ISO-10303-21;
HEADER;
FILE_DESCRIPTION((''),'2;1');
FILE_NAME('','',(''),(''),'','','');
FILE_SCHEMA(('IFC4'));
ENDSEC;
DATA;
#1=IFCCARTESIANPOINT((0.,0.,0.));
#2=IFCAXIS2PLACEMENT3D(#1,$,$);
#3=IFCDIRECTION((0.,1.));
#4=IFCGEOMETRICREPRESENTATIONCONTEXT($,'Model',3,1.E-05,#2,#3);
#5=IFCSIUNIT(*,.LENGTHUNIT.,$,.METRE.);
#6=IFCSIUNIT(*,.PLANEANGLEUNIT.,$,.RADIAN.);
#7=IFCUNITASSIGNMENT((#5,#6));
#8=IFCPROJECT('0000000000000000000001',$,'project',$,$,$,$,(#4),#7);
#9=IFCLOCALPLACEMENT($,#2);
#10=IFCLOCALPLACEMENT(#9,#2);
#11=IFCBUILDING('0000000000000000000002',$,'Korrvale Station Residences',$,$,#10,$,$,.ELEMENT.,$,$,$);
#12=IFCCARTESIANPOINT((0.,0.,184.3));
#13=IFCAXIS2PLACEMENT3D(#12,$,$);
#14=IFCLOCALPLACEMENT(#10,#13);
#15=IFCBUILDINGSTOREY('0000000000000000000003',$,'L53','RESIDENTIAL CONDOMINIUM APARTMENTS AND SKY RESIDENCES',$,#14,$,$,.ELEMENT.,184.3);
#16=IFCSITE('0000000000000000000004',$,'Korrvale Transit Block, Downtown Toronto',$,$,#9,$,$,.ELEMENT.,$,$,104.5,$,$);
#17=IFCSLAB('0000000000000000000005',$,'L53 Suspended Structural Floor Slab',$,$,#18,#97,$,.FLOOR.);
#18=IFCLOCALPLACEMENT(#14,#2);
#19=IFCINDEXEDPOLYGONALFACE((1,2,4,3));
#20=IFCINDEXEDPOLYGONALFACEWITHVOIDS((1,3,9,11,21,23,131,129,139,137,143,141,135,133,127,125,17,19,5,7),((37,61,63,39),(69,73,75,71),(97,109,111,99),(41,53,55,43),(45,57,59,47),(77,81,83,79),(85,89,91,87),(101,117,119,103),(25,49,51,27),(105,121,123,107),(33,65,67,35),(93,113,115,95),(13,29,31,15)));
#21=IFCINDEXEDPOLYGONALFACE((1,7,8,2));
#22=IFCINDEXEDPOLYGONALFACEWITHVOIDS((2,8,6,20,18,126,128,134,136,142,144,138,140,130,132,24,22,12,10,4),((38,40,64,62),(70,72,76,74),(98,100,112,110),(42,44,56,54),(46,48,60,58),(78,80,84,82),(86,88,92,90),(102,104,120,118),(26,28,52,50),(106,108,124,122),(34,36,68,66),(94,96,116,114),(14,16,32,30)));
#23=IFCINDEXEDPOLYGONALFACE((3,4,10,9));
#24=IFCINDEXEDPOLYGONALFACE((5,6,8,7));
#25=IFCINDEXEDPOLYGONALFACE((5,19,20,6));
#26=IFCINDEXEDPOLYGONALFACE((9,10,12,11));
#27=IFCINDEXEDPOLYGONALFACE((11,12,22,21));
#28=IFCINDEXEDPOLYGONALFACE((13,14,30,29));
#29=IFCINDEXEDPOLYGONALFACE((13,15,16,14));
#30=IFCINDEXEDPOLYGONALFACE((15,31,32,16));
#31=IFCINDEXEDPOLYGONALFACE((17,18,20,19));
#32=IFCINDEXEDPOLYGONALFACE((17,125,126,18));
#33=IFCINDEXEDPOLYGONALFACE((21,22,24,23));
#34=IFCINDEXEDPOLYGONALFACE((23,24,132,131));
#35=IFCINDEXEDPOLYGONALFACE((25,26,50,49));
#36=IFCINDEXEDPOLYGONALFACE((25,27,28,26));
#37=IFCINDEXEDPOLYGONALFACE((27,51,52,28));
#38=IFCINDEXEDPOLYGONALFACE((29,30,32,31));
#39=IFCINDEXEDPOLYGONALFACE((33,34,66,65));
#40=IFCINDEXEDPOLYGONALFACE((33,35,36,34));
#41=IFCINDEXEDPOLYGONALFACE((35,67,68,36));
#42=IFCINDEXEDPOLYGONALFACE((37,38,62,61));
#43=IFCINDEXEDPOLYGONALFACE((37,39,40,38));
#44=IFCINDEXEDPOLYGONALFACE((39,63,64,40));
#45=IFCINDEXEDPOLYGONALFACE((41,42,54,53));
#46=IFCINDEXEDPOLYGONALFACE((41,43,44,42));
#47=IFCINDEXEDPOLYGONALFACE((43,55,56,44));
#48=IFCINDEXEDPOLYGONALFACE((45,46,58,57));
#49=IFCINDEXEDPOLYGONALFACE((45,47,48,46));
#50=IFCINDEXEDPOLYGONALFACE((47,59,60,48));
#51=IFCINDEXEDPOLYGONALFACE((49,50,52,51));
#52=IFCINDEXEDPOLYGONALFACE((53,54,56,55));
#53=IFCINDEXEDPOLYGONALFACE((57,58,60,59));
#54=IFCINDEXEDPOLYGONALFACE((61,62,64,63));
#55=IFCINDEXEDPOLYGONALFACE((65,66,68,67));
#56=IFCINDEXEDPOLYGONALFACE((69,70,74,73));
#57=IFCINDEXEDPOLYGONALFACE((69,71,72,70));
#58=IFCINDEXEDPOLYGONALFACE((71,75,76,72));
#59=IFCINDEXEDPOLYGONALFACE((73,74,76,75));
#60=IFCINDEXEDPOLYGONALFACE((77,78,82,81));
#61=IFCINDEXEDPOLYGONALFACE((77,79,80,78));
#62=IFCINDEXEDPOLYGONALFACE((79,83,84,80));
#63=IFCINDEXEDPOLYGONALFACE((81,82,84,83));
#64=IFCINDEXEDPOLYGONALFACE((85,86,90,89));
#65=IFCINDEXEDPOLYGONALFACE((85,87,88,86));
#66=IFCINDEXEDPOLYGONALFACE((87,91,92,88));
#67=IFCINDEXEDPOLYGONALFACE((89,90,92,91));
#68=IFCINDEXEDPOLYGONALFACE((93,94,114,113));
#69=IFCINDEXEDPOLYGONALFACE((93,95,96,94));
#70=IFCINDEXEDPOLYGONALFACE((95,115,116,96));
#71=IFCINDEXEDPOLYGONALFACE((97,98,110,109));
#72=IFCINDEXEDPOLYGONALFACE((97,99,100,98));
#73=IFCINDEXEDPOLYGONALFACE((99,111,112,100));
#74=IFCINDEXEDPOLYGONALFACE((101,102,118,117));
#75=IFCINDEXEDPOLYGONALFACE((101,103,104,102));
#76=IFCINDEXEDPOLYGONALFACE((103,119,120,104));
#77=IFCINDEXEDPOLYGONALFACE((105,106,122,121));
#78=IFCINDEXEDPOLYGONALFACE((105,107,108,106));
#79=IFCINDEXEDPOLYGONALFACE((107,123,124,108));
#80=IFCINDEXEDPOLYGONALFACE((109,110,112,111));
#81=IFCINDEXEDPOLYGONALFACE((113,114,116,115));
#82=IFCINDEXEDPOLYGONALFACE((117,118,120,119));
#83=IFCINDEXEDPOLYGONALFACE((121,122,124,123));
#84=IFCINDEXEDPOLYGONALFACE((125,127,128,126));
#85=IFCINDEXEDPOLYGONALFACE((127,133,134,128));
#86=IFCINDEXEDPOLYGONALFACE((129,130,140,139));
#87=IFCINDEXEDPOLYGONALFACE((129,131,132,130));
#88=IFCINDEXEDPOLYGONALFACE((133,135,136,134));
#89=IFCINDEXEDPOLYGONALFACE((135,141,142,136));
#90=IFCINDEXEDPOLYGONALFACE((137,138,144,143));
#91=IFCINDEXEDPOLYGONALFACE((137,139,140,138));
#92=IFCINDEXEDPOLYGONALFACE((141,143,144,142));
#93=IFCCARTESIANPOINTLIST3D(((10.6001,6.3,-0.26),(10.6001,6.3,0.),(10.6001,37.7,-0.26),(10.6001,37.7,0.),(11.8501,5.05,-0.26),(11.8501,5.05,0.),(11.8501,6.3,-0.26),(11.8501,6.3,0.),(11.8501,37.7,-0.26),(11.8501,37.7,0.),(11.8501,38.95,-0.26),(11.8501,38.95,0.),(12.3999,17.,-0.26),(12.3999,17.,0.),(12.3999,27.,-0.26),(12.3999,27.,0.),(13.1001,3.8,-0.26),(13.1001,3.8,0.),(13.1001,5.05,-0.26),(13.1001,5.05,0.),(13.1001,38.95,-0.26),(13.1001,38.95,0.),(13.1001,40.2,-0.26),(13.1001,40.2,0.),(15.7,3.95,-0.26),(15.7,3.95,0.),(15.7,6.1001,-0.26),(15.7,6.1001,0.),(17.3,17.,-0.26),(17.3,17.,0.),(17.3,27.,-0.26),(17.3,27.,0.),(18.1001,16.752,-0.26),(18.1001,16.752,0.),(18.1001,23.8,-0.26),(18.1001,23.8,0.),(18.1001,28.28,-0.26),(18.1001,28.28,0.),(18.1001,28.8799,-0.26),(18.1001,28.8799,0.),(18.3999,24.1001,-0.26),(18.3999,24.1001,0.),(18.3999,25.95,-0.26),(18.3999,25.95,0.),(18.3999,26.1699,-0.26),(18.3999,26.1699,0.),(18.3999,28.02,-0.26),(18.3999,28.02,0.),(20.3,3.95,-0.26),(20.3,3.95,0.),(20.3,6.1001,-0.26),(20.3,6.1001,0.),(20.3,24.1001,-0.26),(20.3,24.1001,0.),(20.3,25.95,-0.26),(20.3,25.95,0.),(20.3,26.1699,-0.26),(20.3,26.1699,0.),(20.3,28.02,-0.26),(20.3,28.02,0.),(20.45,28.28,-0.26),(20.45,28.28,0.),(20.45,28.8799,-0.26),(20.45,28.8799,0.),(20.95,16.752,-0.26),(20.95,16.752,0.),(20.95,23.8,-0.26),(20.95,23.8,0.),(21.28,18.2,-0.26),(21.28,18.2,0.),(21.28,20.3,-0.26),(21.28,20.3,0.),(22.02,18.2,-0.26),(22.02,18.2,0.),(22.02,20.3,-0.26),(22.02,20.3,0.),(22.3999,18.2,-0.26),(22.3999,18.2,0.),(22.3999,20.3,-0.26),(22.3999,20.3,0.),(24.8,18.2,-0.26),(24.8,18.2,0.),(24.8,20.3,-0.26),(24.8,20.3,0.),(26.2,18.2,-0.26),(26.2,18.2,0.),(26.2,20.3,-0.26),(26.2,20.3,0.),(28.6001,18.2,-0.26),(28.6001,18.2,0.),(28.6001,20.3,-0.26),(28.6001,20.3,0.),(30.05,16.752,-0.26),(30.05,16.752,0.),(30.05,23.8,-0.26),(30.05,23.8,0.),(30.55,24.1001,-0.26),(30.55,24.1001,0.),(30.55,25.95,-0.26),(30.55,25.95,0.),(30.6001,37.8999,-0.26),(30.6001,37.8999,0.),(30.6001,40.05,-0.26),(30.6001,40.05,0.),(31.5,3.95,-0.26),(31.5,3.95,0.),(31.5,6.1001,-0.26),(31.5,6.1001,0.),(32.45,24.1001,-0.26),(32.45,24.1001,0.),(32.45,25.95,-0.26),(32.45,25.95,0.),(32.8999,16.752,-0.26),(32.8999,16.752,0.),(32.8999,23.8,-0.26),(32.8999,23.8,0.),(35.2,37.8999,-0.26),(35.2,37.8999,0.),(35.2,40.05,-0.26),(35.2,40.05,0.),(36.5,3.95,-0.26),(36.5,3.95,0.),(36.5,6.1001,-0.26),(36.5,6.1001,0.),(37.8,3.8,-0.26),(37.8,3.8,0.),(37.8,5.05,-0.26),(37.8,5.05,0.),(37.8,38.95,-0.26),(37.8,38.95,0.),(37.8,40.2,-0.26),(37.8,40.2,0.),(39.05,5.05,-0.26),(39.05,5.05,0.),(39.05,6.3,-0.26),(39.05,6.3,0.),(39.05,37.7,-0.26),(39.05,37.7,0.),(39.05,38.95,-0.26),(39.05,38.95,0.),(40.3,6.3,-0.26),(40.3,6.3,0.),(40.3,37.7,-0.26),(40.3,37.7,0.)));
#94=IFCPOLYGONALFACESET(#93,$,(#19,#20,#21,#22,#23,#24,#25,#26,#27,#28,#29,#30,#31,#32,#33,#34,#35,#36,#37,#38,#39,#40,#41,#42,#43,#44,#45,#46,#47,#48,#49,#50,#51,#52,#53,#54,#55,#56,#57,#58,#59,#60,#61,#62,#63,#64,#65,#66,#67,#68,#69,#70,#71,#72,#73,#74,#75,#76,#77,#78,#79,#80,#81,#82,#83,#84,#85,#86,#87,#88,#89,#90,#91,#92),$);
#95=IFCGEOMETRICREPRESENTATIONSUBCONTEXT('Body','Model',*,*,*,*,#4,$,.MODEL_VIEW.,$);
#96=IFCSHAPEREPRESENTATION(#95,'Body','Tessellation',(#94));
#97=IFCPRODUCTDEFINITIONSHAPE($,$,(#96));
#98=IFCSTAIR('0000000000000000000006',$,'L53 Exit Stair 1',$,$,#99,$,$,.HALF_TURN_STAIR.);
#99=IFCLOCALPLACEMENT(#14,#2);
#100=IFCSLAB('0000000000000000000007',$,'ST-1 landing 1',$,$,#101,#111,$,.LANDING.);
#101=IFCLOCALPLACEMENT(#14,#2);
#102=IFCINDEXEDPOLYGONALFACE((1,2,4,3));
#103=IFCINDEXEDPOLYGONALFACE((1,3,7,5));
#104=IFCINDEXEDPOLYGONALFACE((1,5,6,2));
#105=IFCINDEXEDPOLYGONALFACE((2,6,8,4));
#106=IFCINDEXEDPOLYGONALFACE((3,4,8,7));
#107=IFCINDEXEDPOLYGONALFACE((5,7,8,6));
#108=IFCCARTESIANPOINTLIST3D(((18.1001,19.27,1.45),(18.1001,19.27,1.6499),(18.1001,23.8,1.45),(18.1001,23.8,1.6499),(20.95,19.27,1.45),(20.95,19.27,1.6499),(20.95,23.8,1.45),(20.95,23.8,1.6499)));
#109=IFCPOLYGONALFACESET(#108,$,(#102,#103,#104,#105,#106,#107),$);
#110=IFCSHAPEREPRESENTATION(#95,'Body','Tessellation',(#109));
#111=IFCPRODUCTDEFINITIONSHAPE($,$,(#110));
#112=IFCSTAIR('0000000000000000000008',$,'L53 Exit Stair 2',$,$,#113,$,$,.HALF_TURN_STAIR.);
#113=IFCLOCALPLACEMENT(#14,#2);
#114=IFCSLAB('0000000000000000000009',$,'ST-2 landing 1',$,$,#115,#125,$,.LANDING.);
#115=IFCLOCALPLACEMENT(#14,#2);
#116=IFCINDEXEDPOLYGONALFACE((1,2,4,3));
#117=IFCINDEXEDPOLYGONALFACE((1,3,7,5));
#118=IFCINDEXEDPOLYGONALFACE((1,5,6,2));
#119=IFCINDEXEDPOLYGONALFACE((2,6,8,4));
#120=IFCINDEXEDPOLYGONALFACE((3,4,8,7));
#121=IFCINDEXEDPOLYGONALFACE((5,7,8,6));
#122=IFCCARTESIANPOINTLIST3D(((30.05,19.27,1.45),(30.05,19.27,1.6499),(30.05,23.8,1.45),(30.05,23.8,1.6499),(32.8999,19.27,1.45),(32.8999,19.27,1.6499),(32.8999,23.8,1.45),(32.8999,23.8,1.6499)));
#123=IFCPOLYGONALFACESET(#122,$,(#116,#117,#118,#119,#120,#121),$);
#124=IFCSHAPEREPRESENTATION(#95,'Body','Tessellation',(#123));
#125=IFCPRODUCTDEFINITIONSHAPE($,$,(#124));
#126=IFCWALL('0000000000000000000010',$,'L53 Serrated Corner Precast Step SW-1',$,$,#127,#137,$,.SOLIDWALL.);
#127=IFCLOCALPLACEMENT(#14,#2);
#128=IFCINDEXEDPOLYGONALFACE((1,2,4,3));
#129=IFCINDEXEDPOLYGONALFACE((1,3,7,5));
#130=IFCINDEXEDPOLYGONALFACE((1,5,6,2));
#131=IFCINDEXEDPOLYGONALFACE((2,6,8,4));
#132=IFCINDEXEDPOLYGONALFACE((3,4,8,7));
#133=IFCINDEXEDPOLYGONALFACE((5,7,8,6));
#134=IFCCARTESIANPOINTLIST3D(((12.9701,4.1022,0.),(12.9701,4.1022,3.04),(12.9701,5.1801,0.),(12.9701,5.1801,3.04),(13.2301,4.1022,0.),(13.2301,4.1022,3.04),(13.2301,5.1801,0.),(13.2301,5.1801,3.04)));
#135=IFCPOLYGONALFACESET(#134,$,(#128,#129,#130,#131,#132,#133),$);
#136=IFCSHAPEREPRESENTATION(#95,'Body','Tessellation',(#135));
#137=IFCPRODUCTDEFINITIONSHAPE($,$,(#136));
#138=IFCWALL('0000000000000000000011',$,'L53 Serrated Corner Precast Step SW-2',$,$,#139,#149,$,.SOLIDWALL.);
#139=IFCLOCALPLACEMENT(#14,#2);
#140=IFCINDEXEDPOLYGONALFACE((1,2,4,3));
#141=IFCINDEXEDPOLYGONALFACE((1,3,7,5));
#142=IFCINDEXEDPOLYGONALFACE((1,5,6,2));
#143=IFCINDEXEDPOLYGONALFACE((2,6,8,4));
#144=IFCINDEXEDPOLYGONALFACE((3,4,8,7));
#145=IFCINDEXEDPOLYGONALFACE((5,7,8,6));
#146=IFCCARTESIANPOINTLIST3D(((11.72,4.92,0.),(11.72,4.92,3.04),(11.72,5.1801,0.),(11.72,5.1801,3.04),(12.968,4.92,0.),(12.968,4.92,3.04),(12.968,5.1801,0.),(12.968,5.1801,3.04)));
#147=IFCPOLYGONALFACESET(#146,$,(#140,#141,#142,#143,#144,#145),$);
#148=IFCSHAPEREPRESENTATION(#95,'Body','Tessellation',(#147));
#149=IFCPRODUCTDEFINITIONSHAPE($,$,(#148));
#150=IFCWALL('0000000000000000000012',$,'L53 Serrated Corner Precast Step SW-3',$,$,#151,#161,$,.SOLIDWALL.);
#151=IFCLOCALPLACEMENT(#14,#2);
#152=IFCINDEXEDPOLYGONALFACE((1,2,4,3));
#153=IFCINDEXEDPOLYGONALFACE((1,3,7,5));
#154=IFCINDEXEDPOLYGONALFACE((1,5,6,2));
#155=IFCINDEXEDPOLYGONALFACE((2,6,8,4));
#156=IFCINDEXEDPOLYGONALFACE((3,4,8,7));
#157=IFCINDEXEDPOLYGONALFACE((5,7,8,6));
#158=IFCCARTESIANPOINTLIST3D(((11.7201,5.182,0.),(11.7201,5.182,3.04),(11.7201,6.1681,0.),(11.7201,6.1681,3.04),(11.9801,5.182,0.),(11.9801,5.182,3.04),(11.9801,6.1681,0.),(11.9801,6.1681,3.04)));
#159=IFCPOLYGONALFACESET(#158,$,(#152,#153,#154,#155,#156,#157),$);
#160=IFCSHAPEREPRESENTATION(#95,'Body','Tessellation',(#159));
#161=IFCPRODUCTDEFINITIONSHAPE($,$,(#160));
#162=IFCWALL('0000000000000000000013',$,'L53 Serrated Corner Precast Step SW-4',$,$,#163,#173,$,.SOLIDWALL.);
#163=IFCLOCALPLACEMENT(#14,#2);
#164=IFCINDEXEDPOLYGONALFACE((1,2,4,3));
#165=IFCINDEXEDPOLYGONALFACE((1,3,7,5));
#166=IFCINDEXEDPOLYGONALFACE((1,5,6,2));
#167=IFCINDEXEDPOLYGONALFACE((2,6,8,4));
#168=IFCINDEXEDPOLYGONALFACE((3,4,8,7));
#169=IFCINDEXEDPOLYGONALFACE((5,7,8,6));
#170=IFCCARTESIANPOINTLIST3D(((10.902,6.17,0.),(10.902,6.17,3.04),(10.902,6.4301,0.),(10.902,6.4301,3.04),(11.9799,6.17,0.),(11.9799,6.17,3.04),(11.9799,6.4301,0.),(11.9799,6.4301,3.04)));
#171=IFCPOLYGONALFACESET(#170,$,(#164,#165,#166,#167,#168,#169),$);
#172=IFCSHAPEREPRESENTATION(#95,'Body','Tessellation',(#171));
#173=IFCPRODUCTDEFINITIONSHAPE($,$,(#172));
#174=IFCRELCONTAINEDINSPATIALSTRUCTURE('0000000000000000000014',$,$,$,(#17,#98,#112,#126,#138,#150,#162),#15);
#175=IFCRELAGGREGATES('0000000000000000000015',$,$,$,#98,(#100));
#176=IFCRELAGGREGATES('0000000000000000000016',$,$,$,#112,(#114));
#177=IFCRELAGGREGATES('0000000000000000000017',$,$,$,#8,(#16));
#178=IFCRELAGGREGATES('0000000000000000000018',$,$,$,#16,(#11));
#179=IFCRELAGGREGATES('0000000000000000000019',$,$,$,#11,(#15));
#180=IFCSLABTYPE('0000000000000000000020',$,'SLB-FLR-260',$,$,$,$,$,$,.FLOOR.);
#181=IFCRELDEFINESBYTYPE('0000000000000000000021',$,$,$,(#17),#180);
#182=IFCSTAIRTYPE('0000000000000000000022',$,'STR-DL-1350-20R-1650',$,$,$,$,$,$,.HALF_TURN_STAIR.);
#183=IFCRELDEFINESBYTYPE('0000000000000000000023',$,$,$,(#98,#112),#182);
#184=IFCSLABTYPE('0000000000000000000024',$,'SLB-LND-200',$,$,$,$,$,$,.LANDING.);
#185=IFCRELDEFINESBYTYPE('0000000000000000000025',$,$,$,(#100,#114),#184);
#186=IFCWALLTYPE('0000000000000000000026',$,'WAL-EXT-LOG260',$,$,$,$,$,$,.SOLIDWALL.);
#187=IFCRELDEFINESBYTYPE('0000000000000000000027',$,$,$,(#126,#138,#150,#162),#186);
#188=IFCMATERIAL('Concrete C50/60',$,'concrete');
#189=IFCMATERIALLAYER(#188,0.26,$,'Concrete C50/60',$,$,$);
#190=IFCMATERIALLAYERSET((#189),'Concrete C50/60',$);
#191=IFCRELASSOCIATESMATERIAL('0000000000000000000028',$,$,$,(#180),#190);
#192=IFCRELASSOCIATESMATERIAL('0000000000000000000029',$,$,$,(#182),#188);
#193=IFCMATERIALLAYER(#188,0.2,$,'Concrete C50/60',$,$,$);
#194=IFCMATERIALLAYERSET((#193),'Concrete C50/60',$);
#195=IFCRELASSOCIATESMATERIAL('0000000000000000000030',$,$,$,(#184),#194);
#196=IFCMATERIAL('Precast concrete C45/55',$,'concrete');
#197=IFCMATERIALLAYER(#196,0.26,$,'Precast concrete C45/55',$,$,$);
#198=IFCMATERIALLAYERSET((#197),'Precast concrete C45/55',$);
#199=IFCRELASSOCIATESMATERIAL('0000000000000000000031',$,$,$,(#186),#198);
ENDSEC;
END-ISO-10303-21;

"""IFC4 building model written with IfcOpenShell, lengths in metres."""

from ifc_helpers import new_model, si_unit, direction, frame, frame_2d, origin, place, context, subcontext, project, spatial, polyline, rectangle, outline, extrude, material, layer, layer_set, type_object, element, aggregate, save


model = new_model("IFC4")

# Units and contexts
model_context = context("Model", 3, precision=1e-05, world=origin(), true_north=direction((0.0, 1.0)))
body_context = subcontext(model_context, "Body", "Model", "MODEL_VIEW")
ifc_project = project(units=[si_unit("LENGTHUNIT", "METRE"), si_unit("PLANEANGLEUNIT", "RADIAN")], contexts=[model_context])

# Site, building, storey
site_placement = place(None, origin())
site = spatial("IfcSite", under=ifc_project, at=site_placement, Name="Korrvale Transit Block, Downtown Toronto", CompositionType="ELEMENT", RefElevation=104.5)
building_placement = place(site_placement, origin())
building = spatial("IfcBuilding", under=site, at=building_placement, Name="Korrvale Station Residences", CompositionType="ELEMENT")
storey_placement = place(building_placement, frame((0.0, 0.0, 184.3)))
storey = spatial("IfcBuildingStorey", under=building, at=storey_placement, Name="L53", Description="RESIDENTIAL CONDOMINIUM APARTMENTS AND SKY RESIDENCES", CompositionType="ELEMENT", Elevation=184.3)

# Shared definitions
ifc_material_1 = material(Name="Concrete C50/60", Category="concrete")

# Slab
ifc_layer_1 = layer(ifc_material_1, 0.26, Name="Concrete C50/60")
ifc_layer_set_1 = layer_set([ifc_layer_1], Name="Concrete C50/60")
slab_type_1 = type_object("IfcSlabType", Name="SLB-FLR-260", PredefinedType="FLOOR", material=ifc_layer_set_1)
slab_1_placement = place(storey_placement, frame((0.0, 0.0, -0.26)))
element("IfcSlab", 1, at=slab_1_placement, inside=storey, type_object=slab_type_1, Name="L53 Suspended Structural Floor Slab", PredefinedType="FLOOR", context=body_context, shape_type="SweptSolid", body=[
    extrude(outline(polyline([(13.1001, 3.8), (37.8, 3.8), (37.8, 5.05), (39.05, 5.05), (39.05, 6.3), (40.3, 6.3), (40.3, 37.7), (39.05, 37.7), (39.05, 38.95), (37.8, 38.95), (37.8, 40.2), (13.1001, 40.2), (13.1001, 38.95), (11.8501, 38.95), (11.8501, 37.7), (10.6001, 37.7), (10.6001, 6.3), (11.8501, 6.3), (11.8501, 5.05), (13.1001, 5.05), (13.1001, 3.8)]), holes=[polyline([(20.95, 16.752), (20.95, 23.8), (18.1001, 23.8), (18.1001, 16.752), (20.95, 16.752)]), polyline([(32.8999, 16.752), (32.8999, 23.8), (30.05, 23.8), (30.05, 16.752), (32.8999, 16.752)]), polyline([(12.3999, 17.0), (17.3, 17.0), (17.3, 27.0), (12.3999, 27.0), (12.3999, 17.0)]), polyline([(18.3999, 24.1001), (20.3, 24.1001), (20.3, 25.95), (18.3999, 25.95), (18.3999, 24.1001)]), polyline([(18.3999, 26.1699), (20.3, 26.1699), (20.3, 28.02), (18.3999, 28.02), (18.3999, 26.1699)]), polyline([(30.55, 24.1001), (32.45, 24.1001), (32.45, 25.95), (30.55, 25.95), (30.55, 24.1001)]), polyline([(22.3999, 18.2), (24.8, 18.2), (24.8, 20.3), (22.3999, 20.3), (22.3999, 18.2)]), polyline([(26.2, 18.2), (28.6001, 18.2), (28.6001, 20.3), (26.2, 20.3), (26.2, 18.2)]), polyline([(18.1001, 28.28), (20.45, 28.28), (20.45, 28.8799), (18.1001, 28.8799), (18.1001, 28.28)]), polyline([(21.28, 18.2), (22.02, 18.2), (22.02, 20.3), (21.28, 20.3), (21.28, 18.2)]), polyline([(15.7, 3.95), (20.3, 3.95), (20.3, 6.1001), (15.7, 6.1001), (15.7, 3.95)]), polyline([(30.6001, 37.8999), (35.2, 37.8999), (35.2, 40.05), (30.6001, 40.05), (30.6001, 37.8999)]), polyline([(31.5, 3.95), (36.5, 3.95), (36.5, 6.1001), (31.5, 6.1001), (31.5, 3.95)])]), origin(), (0.0, 0.0, 1.0), 0.26),
])

# Stairs, slabs
stair_type = type_object("IfcStairType", Name="STR-DL-1350-20R-1650", PredefinedType="HALF_TURN_STAIR", material=ifc_material_1)
stair_1_placement = place(storey_placement, origin())
stair_1 = element("IfcStair", 2, at=stair_1_placement, inside=storey, type_object=stair_type, Name="L53 Exit Stair 1", PredefinedType="HALF_TURN_STAIR")
ifc_layer_2 = layer(ifc_material_1, 0.2, Name="Concrete C50/60")
ifc_layer_set_2 = layer_set([ifc_layer_2], Name="Concrete C50/60")
slab_type_2 = type_object("IfcSlabType", Name="SLB-LND-200", PredefinedType="LANDING", material=ifc_layer_set_2)
slab_2_placement = place(storey_placement, frame((0.0, 0.0, 1.45)))
slab_2 = element("IfcSlab", 3, at=slab_2_placement, type_object=slab_type_2, Name="ST-1 landing 1", PredefinedType="LANDING", context=body_context, shape_type="SweptSolid", body=[
    extrude(outline(polyline([(20.95, 19.27), (20.95, 23.8), (18.1001, 23.8), (18.1001, 19.27), (20.95, 19.27)])), origin(), (0.0, 0.0, 1.0), 0.2),
])
aggregate(stair_1, [slab_2])
stair_2_placement = place(storey_placement, origin())
stair_2 = element("IfcStair", 4, at=stair_2_placement, inside=storey, type_object=stair_type, Name="L53 Exit Stair 2", PredefinedType="HALF_TURN_STAIR")
slab_3_placement = place(storey_placement, frame((0.0, 0.0, 1.45)))
slab_3 = element("IfcSlab", 5, at=slab_3_placement, type_object=slab_type_2, Name="ST-2 landing 1", PredefinedType="LANDING", context=body_context, shape_type="SweptSolid", body=[
    extrude(outline(polyline([(32.8999, 19.27), (32.8999, 23.8), (30.05, 23.8), (30.05, 19.27), (32.8999, 19.27)])), origin(), (0.0, 0.0, 1.0), 0.2),
])
aggregate(stair_2, [slab_3])

# Walls
ifc_material_2 = material(Name="Precast concrete C45/55", Category="concrete")
ifc_layer_3 = layer(ifc_material_2, 0.26, Name="Precast concrete C45/55")
ifc_layer_set_3 = layer_set([ifc_layer_3], Name="Precast concrete C45/55")
wall_type_1 = type_object("IfcWallType", Name="WAL-EXT-LOG260", PredefinedType="SOLIDWALL", material=ifc_layer_set_3)
wall_1_placement = place(storey_placement, frame((13.1001, 4.1021, 0.0), z_axis=(0.0, 0.0, 1.0), x_axis=(0.0, 1.0, 0.0)))
element("IfcWall", 6, at=wall_1_placement, inside=storey, type_object=wall_type_1, Name="L53 Serrated Corner Precast Step SW-1", PredefinedType="SOLIDWALL", context=body_context, shape_type="SweptSolid", body=[
    extrude(rectangle(XDim=1.0779, YDim=0.26, at=frame_2d((0.5391, 0.0))), origin(), (0.0, 0.0, 1.0), 3.04),
])
wall_2_placement = place(storey_placement, frame((12.968, 5.05, 0.0), z_axis=(0.0, 0.0, 1.0), x_axis=(-1.0, 0.0, 0.0)))
element("IfcWall", 7, at=wall_2_placement, inside=storey, type_object=wall_type_1, Name="L53 Serrated Corner Precast Step SW-2", PredefinedType="SOLIDWALL", context=body_context, shape_type="SweptSolid", body=[
    extrude(rectangle(XDim=1.248, YDim=0.26, at=frame_2d((0.624, 0.0))), origin(), (0.0, 0.0, 1.0), 3.04),
])
wall_3_placement = place(storey_placement, frame((11.8501, 5.1819, 0.0), z_axis=(0.0, 0.0, 1.0), x_axis=(0.0, 1.0, 0.0)))
element("IfcWall", 8, at=wall_3_placement, inside=storey, type_object=wall_type_1, Name="L53 Serrated Corner Precast Step SW-3", PredefinedType="SOLIDWALL", context=body_context, shape_type="SweptSolid", body=[
    extrude(rectangle(XDim=0.9861, YDim=0.26, at=frame_2d((0.4932, 0.0))), origin(), (0.0, 0.0, 1.0), 3.04),
])
wall_4_placement = place(storey_placement, frame((11.98, 6.3, 0.0), z_axis=(0.0, 0.0, 1.0), x_axis=(-1.0, 0.0, 0.0)))
element("IfcWall", 9, at=wall_4_placement, inside=storey, type_object=wall_type_1, Name="L53 Serrated Corner Precast Step SW-4", PredefinedType="SOLIDWALL", context=body_context, shape_type="SweptSolid", body=[
    extrude(rectangle(XDim=1.0779, YDim=0.26, at=frame_2d((0.5391, 0.0))), origin(), (0.0, 0.0, 1.0), 3.04),
])

save(model, "model.ifc")
